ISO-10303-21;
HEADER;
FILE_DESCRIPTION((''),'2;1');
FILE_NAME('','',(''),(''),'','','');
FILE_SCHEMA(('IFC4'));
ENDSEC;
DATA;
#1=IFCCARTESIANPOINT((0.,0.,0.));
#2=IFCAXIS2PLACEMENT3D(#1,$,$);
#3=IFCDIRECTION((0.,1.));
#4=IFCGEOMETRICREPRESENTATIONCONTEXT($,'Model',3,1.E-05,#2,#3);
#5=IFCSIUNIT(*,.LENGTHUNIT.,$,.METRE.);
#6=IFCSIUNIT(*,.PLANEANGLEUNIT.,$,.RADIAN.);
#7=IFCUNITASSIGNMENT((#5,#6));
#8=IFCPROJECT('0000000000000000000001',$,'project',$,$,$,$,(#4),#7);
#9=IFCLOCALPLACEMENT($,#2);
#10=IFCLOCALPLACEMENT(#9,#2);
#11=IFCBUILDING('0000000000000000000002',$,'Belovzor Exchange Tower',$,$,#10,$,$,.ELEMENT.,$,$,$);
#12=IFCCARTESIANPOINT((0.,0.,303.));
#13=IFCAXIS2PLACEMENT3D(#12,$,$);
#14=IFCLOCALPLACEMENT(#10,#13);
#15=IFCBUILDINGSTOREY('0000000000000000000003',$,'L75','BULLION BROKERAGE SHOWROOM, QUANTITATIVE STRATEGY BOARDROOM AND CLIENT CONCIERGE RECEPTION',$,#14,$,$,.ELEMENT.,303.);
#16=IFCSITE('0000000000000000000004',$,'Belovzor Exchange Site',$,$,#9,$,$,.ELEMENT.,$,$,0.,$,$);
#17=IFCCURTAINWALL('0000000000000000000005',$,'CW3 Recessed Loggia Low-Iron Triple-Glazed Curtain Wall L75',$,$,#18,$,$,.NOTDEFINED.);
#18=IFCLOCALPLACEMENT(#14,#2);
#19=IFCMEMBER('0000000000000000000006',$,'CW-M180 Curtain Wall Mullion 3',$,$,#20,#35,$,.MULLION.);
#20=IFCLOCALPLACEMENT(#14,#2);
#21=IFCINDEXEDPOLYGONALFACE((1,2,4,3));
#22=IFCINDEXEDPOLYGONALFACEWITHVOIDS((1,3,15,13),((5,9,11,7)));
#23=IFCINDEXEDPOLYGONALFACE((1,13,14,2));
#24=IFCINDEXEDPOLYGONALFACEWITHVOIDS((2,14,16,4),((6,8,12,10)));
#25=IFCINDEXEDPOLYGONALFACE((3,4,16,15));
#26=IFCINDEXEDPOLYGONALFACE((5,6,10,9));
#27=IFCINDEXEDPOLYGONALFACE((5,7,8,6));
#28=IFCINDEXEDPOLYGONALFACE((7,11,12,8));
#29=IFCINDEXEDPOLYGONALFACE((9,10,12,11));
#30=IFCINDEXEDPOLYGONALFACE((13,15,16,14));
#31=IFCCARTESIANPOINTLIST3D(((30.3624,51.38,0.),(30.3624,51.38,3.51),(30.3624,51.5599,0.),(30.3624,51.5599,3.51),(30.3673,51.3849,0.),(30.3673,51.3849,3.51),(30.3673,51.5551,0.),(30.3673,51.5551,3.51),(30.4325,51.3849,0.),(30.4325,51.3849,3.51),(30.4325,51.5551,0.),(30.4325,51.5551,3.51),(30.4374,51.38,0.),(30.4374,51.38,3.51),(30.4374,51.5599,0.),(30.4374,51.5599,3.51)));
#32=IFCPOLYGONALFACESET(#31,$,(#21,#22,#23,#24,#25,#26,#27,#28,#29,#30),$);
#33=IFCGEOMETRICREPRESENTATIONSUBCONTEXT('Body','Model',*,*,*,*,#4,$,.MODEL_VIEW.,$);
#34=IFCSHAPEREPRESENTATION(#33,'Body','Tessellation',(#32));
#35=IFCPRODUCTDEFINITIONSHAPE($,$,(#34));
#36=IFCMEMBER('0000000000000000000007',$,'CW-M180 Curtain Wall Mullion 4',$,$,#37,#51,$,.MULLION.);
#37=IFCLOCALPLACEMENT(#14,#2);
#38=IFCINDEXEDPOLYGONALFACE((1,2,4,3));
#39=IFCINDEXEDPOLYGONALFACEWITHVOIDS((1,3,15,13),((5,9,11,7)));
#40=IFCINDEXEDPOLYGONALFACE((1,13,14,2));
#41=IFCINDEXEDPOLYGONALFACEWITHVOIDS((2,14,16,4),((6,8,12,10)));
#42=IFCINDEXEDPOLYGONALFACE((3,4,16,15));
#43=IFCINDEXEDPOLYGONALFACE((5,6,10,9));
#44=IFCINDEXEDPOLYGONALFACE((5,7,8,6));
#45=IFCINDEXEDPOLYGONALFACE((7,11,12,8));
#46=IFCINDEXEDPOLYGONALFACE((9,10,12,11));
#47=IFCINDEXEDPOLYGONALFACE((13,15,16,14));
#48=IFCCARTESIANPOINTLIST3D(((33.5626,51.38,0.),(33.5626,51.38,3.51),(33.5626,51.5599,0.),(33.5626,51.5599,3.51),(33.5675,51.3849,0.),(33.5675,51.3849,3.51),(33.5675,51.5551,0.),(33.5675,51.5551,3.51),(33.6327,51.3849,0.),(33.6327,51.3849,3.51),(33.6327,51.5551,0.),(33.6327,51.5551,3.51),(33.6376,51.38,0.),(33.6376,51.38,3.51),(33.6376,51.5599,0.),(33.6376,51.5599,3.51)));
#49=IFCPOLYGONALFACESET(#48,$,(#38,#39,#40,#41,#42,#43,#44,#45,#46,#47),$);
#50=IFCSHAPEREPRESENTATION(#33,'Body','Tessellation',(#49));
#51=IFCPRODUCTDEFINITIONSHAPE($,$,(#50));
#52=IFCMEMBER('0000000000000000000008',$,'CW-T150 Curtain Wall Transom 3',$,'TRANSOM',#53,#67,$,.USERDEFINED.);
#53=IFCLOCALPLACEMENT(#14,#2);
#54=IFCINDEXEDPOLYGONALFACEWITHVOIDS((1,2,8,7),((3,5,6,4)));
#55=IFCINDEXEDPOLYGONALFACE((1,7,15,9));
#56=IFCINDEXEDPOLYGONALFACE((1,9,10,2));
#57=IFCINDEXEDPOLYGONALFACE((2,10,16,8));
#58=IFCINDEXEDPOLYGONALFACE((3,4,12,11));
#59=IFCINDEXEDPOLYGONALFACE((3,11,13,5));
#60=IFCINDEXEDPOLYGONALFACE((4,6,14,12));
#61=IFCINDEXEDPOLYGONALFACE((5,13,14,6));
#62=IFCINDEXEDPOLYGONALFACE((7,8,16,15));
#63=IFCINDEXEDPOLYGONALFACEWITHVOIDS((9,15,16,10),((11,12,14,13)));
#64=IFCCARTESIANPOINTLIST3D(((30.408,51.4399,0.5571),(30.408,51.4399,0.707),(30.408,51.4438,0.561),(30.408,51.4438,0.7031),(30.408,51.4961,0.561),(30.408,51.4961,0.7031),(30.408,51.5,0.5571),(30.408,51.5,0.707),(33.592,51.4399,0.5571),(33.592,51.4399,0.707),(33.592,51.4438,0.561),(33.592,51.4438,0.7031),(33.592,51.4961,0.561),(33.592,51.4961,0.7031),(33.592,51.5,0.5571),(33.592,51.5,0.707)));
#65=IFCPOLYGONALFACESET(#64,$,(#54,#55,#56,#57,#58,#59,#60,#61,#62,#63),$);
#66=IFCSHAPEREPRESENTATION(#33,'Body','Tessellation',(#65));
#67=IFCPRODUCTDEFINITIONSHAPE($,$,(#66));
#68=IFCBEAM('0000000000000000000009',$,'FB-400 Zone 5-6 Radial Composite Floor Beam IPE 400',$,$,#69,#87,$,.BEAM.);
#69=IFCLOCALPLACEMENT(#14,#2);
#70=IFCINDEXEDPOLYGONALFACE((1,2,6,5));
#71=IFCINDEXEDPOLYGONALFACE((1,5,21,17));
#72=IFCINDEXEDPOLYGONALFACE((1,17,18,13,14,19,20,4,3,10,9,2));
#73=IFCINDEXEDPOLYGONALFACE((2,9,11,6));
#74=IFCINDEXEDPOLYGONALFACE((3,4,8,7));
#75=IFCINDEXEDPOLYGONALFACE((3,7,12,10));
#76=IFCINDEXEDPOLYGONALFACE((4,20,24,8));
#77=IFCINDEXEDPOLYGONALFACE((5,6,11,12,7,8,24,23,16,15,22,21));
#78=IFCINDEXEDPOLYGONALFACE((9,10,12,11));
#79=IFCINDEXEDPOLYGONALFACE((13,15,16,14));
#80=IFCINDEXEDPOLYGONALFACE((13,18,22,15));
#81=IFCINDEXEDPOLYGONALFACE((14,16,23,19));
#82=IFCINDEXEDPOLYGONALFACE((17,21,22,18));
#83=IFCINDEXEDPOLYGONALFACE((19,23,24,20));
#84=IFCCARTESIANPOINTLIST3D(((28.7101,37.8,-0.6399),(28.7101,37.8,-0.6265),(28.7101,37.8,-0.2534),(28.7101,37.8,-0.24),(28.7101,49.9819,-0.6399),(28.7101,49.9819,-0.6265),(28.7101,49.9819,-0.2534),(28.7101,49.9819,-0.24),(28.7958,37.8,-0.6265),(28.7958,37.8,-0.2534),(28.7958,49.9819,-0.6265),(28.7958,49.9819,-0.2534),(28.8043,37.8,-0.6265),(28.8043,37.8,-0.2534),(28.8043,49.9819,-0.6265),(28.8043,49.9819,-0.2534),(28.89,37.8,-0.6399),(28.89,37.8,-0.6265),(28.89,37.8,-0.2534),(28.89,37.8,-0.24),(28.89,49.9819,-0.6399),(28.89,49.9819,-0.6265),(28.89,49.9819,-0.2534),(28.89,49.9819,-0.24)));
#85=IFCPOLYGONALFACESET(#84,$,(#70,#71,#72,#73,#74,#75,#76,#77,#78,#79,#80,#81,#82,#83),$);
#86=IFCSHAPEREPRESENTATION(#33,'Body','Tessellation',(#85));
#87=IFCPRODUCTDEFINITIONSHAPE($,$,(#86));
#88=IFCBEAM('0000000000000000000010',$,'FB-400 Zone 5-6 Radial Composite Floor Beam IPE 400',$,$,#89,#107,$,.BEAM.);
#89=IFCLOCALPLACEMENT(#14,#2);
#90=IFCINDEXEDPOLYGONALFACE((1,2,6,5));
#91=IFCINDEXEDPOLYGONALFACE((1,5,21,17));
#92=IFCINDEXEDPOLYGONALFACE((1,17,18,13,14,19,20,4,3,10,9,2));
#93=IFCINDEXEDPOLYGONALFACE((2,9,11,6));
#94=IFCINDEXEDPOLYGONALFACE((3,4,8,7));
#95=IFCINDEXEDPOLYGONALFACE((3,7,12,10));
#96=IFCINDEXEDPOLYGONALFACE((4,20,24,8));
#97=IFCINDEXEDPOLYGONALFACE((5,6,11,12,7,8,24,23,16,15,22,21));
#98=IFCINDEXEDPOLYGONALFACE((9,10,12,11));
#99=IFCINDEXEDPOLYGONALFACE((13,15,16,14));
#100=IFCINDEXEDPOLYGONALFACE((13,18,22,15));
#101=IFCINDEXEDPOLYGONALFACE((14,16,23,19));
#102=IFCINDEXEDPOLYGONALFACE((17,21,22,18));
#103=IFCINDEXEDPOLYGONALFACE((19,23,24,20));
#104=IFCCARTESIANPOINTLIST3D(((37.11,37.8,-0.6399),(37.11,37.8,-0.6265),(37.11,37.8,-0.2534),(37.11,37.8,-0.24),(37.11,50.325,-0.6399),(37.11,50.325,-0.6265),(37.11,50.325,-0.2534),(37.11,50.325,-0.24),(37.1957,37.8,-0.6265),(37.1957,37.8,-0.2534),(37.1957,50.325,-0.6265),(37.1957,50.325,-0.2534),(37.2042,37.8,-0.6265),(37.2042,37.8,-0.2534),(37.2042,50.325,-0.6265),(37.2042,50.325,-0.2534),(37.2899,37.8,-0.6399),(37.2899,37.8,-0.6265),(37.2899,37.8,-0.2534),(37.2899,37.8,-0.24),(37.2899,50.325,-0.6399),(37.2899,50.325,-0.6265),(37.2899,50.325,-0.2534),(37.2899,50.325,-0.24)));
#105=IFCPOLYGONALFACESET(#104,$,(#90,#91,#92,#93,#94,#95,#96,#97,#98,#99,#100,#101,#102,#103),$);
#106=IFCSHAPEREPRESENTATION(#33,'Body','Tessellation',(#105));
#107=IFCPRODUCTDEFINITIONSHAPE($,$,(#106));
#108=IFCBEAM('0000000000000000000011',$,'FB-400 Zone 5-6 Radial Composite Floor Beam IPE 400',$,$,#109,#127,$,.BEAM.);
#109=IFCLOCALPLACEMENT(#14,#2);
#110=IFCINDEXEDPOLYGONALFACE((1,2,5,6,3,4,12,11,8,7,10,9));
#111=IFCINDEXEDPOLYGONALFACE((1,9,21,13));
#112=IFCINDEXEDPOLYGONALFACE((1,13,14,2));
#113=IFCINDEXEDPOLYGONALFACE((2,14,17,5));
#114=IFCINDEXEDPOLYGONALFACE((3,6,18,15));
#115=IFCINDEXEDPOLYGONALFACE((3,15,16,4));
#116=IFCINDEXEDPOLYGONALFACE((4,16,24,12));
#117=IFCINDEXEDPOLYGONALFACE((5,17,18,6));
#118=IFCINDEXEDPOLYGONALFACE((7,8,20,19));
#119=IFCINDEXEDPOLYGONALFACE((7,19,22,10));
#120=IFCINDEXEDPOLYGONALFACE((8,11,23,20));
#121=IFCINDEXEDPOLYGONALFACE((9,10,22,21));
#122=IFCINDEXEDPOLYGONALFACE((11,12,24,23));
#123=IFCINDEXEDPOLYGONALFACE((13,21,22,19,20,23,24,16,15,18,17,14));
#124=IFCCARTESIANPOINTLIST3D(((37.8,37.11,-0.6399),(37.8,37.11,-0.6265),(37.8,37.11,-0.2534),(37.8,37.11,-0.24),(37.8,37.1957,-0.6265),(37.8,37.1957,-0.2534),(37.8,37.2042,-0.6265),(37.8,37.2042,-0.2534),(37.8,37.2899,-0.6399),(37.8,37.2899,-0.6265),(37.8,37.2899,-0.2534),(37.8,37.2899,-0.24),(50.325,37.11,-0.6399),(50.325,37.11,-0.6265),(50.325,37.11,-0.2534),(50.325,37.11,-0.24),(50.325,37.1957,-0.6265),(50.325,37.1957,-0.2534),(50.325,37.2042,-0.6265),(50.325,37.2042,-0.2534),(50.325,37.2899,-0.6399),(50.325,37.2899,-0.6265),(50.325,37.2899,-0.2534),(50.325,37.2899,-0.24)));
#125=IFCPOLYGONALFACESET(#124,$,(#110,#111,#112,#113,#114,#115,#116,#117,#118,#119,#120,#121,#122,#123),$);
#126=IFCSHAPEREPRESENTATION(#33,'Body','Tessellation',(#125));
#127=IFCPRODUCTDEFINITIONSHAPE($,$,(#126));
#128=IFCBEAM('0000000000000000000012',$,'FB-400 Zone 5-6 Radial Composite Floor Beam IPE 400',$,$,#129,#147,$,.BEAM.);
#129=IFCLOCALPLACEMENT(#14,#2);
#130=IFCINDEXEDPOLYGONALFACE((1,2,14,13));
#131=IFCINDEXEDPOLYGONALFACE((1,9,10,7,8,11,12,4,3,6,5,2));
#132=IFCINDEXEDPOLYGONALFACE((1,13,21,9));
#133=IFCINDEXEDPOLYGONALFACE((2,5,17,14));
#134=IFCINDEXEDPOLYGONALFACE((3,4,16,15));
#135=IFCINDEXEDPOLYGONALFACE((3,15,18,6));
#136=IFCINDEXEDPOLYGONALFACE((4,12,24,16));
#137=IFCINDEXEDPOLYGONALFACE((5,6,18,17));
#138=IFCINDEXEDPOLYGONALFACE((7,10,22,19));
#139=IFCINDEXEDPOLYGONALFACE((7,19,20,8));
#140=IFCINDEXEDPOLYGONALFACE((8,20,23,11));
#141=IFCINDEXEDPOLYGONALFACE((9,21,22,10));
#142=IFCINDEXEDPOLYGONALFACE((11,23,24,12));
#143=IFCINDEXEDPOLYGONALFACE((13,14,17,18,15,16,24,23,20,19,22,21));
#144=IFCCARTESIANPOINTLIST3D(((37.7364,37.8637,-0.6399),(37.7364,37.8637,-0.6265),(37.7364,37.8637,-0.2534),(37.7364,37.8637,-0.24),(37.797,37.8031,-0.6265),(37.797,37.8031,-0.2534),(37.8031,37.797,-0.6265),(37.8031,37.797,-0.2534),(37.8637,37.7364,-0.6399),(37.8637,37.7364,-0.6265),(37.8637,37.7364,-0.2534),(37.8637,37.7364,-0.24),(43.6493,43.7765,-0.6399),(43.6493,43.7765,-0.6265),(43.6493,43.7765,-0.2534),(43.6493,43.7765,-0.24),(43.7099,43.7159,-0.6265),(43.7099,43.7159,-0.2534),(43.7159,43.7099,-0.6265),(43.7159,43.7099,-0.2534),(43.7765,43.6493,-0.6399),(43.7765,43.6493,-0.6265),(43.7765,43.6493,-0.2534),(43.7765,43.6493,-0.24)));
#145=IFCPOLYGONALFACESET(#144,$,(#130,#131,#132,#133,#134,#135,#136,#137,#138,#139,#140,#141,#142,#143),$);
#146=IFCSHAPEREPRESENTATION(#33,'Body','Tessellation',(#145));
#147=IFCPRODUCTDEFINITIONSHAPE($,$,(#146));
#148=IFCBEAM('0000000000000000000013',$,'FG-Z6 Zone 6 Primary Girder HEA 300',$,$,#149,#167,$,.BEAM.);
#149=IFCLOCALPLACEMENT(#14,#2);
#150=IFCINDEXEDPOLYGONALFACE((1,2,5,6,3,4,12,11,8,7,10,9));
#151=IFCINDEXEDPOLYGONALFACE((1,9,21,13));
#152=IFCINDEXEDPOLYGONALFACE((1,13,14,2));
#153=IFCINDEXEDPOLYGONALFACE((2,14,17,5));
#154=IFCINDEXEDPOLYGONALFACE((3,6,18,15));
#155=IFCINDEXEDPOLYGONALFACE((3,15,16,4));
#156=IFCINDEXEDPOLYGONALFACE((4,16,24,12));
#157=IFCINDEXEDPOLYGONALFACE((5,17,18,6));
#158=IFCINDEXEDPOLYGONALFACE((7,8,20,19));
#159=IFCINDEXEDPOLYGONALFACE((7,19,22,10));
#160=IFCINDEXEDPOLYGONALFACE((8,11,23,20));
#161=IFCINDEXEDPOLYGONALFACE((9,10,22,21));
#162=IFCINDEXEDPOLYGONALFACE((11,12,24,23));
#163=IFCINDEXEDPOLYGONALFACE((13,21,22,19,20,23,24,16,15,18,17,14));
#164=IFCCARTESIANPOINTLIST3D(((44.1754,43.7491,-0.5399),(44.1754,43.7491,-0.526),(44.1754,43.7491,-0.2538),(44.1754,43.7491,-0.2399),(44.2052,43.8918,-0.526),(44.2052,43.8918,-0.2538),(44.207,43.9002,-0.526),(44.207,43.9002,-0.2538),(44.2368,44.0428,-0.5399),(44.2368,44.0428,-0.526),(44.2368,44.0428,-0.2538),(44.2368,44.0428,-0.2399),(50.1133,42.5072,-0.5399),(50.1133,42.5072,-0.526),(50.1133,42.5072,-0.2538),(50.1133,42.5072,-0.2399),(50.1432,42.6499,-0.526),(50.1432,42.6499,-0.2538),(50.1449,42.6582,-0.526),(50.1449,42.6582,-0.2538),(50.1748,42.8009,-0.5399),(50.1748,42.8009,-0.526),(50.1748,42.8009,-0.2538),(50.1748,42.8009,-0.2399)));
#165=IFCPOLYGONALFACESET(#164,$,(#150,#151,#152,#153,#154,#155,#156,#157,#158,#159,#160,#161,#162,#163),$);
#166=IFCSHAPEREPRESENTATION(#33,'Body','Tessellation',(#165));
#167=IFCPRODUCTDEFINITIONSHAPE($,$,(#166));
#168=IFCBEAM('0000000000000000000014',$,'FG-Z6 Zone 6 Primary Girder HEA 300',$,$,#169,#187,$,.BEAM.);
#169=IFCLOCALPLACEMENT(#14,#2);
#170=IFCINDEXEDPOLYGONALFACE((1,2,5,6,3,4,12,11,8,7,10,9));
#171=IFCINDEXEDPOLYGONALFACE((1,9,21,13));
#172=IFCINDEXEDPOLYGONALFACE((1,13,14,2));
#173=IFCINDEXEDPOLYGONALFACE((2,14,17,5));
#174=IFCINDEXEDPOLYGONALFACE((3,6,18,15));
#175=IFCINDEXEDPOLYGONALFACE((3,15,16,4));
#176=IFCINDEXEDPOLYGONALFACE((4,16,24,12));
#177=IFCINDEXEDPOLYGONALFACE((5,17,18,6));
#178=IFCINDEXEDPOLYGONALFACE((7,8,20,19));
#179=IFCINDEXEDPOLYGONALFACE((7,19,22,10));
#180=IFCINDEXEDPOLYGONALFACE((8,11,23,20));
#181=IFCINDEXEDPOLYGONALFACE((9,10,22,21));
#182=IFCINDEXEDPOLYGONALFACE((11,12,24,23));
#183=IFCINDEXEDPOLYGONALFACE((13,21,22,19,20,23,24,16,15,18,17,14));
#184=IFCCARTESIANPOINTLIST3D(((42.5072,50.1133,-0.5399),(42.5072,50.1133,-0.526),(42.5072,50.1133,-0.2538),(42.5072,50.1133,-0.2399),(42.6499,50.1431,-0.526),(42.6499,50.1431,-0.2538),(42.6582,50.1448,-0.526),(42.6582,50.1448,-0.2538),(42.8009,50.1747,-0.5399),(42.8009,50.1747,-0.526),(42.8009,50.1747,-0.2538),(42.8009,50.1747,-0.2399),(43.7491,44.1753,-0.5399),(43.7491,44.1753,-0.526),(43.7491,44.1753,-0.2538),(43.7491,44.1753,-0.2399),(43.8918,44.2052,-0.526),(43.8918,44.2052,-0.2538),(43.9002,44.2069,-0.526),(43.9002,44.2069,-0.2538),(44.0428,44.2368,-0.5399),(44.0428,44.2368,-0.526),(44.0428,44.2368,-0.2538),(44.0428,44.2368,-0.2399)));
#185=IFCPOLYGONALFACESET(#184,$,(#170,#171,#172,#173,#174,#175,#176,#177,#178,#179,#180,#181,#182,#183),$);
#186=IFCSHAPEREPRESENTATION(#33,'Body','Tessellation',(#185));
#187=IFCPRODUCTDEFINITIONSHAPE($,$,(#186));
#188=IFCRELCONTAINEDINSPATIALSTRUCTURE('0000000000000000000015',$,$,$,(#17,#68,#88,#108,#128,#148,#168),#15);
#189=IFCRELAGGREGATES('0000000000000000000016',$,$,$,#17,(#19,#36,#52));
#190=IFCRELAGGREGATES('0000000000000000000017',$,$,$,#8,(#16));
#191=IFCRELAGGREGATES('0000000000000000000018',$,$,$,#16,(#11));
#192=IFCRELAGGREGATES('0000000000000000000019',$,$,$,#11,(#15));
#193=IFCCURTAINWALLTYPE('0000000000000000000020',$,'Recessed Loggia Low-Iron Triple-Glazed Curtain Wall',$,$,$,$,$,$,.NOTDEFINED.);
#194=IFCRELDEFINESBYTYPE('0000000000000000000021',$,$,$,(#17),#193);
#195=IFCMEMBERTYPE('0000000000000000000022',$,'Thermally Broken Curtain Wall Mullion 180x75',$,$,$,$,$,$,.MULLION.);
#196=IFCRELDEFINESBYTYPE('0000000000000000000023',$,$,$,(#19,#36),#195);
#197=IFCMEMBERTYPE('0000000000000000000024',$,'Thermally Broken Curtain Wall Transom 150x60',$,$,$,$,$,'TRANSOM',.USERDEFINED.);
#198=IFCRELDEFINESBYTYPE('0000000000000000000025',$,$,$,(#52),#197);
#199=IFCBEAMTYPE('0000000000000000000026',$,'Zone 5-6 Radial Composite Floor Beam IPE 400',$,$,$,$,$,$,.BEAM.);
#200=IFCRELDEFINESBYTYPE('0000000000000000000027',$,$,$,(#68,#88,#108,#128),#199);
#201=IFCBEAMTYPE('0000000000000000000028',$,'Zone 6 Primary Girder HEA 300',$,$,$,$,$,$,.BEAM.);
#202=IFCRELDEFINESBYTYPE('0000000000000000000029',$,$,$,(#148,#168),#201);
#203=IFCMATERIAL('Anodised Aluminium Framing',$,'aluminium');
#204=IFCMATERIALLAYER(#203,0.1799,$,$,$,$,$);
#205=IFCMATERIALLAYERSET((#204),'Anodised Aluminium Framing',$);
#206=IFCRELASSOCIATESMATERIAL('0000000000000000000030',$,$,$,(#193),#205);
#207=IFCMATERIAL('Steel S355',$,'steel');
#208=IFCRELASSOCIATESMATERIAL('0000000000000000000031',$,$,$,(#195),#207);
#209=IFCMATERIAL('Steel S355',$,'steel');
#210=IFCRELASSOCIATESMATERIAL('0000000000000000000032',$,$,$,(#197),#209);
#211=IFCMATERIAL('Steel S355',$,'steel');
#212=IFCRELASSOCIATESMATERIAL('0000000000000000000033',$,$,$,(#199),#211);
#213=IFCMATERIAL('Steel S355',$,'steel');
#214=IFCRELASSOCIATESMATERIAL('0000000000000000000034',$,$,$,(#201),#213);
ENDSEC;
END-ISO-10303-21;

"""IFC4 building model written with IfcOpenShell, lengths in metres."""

from ifc_helpers import new_model, si_unit, direction, frame, origin, origin_2d, place, context, subcontext, project, spatial, hollow_rectangle, i_section, extrude, material, layer, layer_set, material_profile, profile_set, type_object, element, aggregate, save


model = new_model("IFC4")

# Units and contexts
model_context = context("Model", 3, precision=1e-05, world=origin(), true_north=direction((0.0, 1.0)))
body_context = subcontext(model_context, "Body", "Model", "MODEL_VIEW")
ifc_project = project(units=[si_unit("LENGTHUNIT", "METRE"), si_unit("PLANEANGLEUNIT", "RADIAN")], contexts=[model_context])

# Site, building, storey
site_placement = place(None, origin())
site = spatial("IfcSite", under=ifc_project, at=site_placement, Name="Belovzor Exchange Site", CompositionType="ELEMENT", RefElevation=0.0)
building_placement = place(site_placement, origin())
building = spatial("IfcBuilding", under=site, at=building_placement, Name="Belovzor Exchange Tower", CompositionType="ELEMENT")
storey_placement = place(building_placement, frame((0.0, 0.0, 303.0)))
storey = spatial("IfcBuildingStorey", under=building, at=storey_placement, Name="L75", Description="BULLION BROKERAGE SHOWROOM, QUANTITATIVE STRATEGY BOARDROOM AND CLIENT CONCIERGE RECEPTION", CompositionType="ELEMENT", Elevation=303.0)

# Curtain wall, members
ifc_material_1 = material(Name="Anodised Aluminium Framing", Category="aluminium")
ifc_layer_1 = layer(ifc_material_1, 0.1799)
ifc_layer_set_1 = layer_set([ifc_layer_1], Name="Anodised Aluminium Framing")
curtain_wall_type = type_object("IfcCurtainWallType", Name="Recessed Loggia Low-Iron Triple-Glazed Curtain Wall", PredefinedType="NOTDEFINED", material=ifc_layer_set_1)
curtain_wall_placement = place(storey_placement, origin())
curtain_wall = element("IfcCurtainWall", 1, at=curtain_wall_placement, inside=storey, type_object=curtain_wall_type, Name="CW3 Recessed Loggia Low-Iron Triple-Glazed Curtain Wall L75", PredefinedType="NOTDEFINED")
ifc_material_2 = material(Name="Steel S355", Category="steel")
ifc_material_profile_1 = material_profile(ifc_material_2, hollow_rectangle(XDim=0.075, YDim=0.1799, WallThickness=0.0049, at=origin_2d()))
ifc_profile_set_1 = profile_set([ifc_material_profile_1], Name="Steel S355")
member_type_1 = type_object("IfcMemberType", Name="Thermally Broken Curtain Wall Mullion 180x75", PredefinedType="MULLION", material=ifc_profile_set_1)
member_1_placement = place(storey_placement, frame((30.3999, 51.47, 0.0), z_axis=(0.0, 0.0, 1.0), x_axis=(1.0, 0.0, 0.0)))
member_1 = element("IfcMember", 2, at=member_1_placement, type_object=member_type_1, Name="CW-M180 Curtain Wall Mullion 3", PredefinedType="MULLION", context=body_context, shape_type="SweptSolid", body=[
    extrude(hollow_rectangle(XDim=0.075, YDim=0.1799, WallThickness=0.0049, at=origin_2d()), origin(), (0.0, 0.0, 1.0), 3.51),
])
member_2_placement = place(storey_placement, frame((33.6001, 51.47, 0.0), z_axis=(0.0, 0.0, 1.0), x_axis=(1.0, 0.0, 0.0)))
member_2 = element("IfcMember", 3, at=member_2_placement, type_object=member_type_1, Name="CW-M180 Curtain Wall Mullion 4", PredefinedType="MULLION", context=body_context, shape_type="SweptSolid", body=[
    extrude(hollow_rectangle(XDim=0.075, YDim=0.1799, WallThickness=0.0049, at=origin_2d()), origin(), (0.0, 0.0, 1.0), 3.51),
])
ifc_material_3 = material(Name="Steel S355", Category="steel")
ifc_material_profile_2 = material_profile(ifc_material_3, hollow_rectangle(XDim=0.0601, YDim=0.1499, WallThickness=0.0039, at=origin_2d()))
ifc_profile_set_2 = profile_set([ifc_material_profile_2], Name="Steel S355")
member_type_2 = type_object("IfcMemberType", Name="Thermally Broken Curtain Wall Transom 150x60", ElementType="TRANSOM", PredefinedType="USERDEFINED", material=ifc_profile_set_2)
member_3_placement = place(storey_placement, frame((30.408, 51.47, 0.6321), z_axis=(1.0, 0.0, 0.0), x_axis=(0.0, 1.0, 0.0)))
member_3 = element("IfcMember", 4, at=member_3_placement, type_object=member_type_2, Name="CW-T150 Curtain Wall Transom 3", ObjectType="TRANSOM", PredefinedType="USERDEFINED", context=body_context, shape_type="SweptSolid", body=[
    extrude(hollow_rectangle(XDim=0.0601, YDim=0.1499, WallThickness=0.0039, at=origin_2d()), origin(), (0.0, 0.0, 1.0), 3.1841),
])

# Beams
ifc_material_4 = material(Name="Steel S355", Category="steel")
ifc_material_profile_3 = material_profile(ifc_material_4, i_section(OverallWidth=0.1799, OverallDepth=0.3999, WebThickness=0.0085, FlangeThickness=0.0134, at=origin_2d()))
ifc_profile_set_3 = profile_set([ifc_material_profile_3], Name="Steel S355")
beam_type_1 = type_object("IfcBeamType", Name="Zone 5-6 Radial Composite Floor Beam IPE 400", PredefinedType="BEAM", material=ifc_profile_set_3)
beam_1_placement = place(storey_placement, frame((28.8, 37.8, -0.4399), z_axis=(0.0, 1.0, 0.0), x_axis=(-1.0, 0.0, 0.0)))
element("IfcBeam", 5, at=beam_1_placement, inside=storey, type_object=beam_type_1, Name="FB-400 Zone 5-6 Radial Composite Floor Beam IPE 400", PredefinedType="BEAM", context=body_context, shape_type="SweptSolid", body=[
    extrude(i_section(OverallWidth=0.1799, OverallDepth=0.3999, WebThickness=0.0085, FlangeThickness=0.0134, at=origin_2d()), origin(), (0.0, 0.0, 1.0), 12.1819),
])
for number, where, z_axis, x_axis, name in (
    (6, (37.2, 37.8, -0.4399), (0.0, 1.0, 0.0), (-1.0, 0.0, 0.0), "FB-400 Zone 5-6 Radial Composite Floor Beam IPE 400"),
    (7, (37.8, 37.2, -0.4399), (1.0, 0.0, 0.0), (0.0, 1.0, 0.0), "FB-400 Zone 5-6 Radial Composite Floor Beam IPE 400"),
):
    element("IfcBeam", number, at=place(storey_placement, frame(where, z_axis=z_axis, x_axis=x_axis)), inside=storey, type_object=beam_type_1, Name=name, PredefinedType="BEAM", context=body_context, shape_type="SweptSolid", body=[
        extrude(i_section(OverallWidth=0.1799, OverallDepth=0.3999, WebThickness=0.0085, FlangeThickness=0.0134, at=origin_2d()), origin(), (0.0, 0.0, 1.0), 12.5249),
    ])
beam_2_placement = place(storey_placement, frame((37.8, 37.8, -0.4399), z_axis=(0.707107, 0.707107, 0.0), x_axis=(-0.707107, 0.707107, 0.0)))
element("IfcBeam", 8, at=beam_2_placement, inside=storey, type_object=beam_type_1, Name="FB-400 Zone 5-6 Radial Composite Floor Beam IPE 400", PredefinedType="BEAM", context=body_context, shape_type="SweptSolid", body=[
    extrude(i_section(OverallWidth=0.1799, OverallDepth=0.3999, WebThickness=0.0085, FlangeThickness=0.0134, at=origin_2d()), origin(), (0.0, 0.0, 1.0), 8.3621),
])
ifc_material_5 = material(Name="Steel S355", Category="steel")
ifc_material_profile_4 = material_profile(ifc_material_5, i_section(OverallWidth=0.3, OverallDepth=0.3, WebThickness=0.0085, FlangeThickness=0.0139, at=origin_2d()))
ifc_profile_set_4 = profile_set([ifc_material_profile_4], Name="Steel S355")
beam_type_2 = type_object("IfcBeamType", Name="Zone 6 Primary Girder HEA 300", PredefinedType="BEAM", material=ifc_profile_set_4)
for number, where, z_axis, x_axis, name in (
    (9, (50.144, 42.6541, -0.3899), (-0.97882, 0.204722, 0.0), (-0.204722, -0.97882, 0.0), "FG-Z6 Zone 6 Primary Girder HEA 300"),
    (10, (43.896, 44.2061, -0.3899), (-0.204722, 0.97882, 0.0), (-0.97882, -0.204722, 0.0), "FG-Z6 Zone 6 Primary Girder HEA 300"),
):
    element("IfcBeam", number, at=place(storey_placement, frame(where, z_axis=z_axis, x_axis=x_axis)), inside=storey, type_object=beam_type_2, Name=name, PredefinedType="BEAM", context=body_context, shape_type="SweptSolid", body=[
        extrude(i_section(OverallWidth=0.3, OverallDepth=0.3, WebThickness=0.0085, FlangeThickness=0.0139, at=origin_2d()), origin(), (0.0, 0.0, 1.0), 6.0664),
    ])

aggregate(curtain_wall, [member_1, member_2, member_3])

save(model, "model.ifc")
